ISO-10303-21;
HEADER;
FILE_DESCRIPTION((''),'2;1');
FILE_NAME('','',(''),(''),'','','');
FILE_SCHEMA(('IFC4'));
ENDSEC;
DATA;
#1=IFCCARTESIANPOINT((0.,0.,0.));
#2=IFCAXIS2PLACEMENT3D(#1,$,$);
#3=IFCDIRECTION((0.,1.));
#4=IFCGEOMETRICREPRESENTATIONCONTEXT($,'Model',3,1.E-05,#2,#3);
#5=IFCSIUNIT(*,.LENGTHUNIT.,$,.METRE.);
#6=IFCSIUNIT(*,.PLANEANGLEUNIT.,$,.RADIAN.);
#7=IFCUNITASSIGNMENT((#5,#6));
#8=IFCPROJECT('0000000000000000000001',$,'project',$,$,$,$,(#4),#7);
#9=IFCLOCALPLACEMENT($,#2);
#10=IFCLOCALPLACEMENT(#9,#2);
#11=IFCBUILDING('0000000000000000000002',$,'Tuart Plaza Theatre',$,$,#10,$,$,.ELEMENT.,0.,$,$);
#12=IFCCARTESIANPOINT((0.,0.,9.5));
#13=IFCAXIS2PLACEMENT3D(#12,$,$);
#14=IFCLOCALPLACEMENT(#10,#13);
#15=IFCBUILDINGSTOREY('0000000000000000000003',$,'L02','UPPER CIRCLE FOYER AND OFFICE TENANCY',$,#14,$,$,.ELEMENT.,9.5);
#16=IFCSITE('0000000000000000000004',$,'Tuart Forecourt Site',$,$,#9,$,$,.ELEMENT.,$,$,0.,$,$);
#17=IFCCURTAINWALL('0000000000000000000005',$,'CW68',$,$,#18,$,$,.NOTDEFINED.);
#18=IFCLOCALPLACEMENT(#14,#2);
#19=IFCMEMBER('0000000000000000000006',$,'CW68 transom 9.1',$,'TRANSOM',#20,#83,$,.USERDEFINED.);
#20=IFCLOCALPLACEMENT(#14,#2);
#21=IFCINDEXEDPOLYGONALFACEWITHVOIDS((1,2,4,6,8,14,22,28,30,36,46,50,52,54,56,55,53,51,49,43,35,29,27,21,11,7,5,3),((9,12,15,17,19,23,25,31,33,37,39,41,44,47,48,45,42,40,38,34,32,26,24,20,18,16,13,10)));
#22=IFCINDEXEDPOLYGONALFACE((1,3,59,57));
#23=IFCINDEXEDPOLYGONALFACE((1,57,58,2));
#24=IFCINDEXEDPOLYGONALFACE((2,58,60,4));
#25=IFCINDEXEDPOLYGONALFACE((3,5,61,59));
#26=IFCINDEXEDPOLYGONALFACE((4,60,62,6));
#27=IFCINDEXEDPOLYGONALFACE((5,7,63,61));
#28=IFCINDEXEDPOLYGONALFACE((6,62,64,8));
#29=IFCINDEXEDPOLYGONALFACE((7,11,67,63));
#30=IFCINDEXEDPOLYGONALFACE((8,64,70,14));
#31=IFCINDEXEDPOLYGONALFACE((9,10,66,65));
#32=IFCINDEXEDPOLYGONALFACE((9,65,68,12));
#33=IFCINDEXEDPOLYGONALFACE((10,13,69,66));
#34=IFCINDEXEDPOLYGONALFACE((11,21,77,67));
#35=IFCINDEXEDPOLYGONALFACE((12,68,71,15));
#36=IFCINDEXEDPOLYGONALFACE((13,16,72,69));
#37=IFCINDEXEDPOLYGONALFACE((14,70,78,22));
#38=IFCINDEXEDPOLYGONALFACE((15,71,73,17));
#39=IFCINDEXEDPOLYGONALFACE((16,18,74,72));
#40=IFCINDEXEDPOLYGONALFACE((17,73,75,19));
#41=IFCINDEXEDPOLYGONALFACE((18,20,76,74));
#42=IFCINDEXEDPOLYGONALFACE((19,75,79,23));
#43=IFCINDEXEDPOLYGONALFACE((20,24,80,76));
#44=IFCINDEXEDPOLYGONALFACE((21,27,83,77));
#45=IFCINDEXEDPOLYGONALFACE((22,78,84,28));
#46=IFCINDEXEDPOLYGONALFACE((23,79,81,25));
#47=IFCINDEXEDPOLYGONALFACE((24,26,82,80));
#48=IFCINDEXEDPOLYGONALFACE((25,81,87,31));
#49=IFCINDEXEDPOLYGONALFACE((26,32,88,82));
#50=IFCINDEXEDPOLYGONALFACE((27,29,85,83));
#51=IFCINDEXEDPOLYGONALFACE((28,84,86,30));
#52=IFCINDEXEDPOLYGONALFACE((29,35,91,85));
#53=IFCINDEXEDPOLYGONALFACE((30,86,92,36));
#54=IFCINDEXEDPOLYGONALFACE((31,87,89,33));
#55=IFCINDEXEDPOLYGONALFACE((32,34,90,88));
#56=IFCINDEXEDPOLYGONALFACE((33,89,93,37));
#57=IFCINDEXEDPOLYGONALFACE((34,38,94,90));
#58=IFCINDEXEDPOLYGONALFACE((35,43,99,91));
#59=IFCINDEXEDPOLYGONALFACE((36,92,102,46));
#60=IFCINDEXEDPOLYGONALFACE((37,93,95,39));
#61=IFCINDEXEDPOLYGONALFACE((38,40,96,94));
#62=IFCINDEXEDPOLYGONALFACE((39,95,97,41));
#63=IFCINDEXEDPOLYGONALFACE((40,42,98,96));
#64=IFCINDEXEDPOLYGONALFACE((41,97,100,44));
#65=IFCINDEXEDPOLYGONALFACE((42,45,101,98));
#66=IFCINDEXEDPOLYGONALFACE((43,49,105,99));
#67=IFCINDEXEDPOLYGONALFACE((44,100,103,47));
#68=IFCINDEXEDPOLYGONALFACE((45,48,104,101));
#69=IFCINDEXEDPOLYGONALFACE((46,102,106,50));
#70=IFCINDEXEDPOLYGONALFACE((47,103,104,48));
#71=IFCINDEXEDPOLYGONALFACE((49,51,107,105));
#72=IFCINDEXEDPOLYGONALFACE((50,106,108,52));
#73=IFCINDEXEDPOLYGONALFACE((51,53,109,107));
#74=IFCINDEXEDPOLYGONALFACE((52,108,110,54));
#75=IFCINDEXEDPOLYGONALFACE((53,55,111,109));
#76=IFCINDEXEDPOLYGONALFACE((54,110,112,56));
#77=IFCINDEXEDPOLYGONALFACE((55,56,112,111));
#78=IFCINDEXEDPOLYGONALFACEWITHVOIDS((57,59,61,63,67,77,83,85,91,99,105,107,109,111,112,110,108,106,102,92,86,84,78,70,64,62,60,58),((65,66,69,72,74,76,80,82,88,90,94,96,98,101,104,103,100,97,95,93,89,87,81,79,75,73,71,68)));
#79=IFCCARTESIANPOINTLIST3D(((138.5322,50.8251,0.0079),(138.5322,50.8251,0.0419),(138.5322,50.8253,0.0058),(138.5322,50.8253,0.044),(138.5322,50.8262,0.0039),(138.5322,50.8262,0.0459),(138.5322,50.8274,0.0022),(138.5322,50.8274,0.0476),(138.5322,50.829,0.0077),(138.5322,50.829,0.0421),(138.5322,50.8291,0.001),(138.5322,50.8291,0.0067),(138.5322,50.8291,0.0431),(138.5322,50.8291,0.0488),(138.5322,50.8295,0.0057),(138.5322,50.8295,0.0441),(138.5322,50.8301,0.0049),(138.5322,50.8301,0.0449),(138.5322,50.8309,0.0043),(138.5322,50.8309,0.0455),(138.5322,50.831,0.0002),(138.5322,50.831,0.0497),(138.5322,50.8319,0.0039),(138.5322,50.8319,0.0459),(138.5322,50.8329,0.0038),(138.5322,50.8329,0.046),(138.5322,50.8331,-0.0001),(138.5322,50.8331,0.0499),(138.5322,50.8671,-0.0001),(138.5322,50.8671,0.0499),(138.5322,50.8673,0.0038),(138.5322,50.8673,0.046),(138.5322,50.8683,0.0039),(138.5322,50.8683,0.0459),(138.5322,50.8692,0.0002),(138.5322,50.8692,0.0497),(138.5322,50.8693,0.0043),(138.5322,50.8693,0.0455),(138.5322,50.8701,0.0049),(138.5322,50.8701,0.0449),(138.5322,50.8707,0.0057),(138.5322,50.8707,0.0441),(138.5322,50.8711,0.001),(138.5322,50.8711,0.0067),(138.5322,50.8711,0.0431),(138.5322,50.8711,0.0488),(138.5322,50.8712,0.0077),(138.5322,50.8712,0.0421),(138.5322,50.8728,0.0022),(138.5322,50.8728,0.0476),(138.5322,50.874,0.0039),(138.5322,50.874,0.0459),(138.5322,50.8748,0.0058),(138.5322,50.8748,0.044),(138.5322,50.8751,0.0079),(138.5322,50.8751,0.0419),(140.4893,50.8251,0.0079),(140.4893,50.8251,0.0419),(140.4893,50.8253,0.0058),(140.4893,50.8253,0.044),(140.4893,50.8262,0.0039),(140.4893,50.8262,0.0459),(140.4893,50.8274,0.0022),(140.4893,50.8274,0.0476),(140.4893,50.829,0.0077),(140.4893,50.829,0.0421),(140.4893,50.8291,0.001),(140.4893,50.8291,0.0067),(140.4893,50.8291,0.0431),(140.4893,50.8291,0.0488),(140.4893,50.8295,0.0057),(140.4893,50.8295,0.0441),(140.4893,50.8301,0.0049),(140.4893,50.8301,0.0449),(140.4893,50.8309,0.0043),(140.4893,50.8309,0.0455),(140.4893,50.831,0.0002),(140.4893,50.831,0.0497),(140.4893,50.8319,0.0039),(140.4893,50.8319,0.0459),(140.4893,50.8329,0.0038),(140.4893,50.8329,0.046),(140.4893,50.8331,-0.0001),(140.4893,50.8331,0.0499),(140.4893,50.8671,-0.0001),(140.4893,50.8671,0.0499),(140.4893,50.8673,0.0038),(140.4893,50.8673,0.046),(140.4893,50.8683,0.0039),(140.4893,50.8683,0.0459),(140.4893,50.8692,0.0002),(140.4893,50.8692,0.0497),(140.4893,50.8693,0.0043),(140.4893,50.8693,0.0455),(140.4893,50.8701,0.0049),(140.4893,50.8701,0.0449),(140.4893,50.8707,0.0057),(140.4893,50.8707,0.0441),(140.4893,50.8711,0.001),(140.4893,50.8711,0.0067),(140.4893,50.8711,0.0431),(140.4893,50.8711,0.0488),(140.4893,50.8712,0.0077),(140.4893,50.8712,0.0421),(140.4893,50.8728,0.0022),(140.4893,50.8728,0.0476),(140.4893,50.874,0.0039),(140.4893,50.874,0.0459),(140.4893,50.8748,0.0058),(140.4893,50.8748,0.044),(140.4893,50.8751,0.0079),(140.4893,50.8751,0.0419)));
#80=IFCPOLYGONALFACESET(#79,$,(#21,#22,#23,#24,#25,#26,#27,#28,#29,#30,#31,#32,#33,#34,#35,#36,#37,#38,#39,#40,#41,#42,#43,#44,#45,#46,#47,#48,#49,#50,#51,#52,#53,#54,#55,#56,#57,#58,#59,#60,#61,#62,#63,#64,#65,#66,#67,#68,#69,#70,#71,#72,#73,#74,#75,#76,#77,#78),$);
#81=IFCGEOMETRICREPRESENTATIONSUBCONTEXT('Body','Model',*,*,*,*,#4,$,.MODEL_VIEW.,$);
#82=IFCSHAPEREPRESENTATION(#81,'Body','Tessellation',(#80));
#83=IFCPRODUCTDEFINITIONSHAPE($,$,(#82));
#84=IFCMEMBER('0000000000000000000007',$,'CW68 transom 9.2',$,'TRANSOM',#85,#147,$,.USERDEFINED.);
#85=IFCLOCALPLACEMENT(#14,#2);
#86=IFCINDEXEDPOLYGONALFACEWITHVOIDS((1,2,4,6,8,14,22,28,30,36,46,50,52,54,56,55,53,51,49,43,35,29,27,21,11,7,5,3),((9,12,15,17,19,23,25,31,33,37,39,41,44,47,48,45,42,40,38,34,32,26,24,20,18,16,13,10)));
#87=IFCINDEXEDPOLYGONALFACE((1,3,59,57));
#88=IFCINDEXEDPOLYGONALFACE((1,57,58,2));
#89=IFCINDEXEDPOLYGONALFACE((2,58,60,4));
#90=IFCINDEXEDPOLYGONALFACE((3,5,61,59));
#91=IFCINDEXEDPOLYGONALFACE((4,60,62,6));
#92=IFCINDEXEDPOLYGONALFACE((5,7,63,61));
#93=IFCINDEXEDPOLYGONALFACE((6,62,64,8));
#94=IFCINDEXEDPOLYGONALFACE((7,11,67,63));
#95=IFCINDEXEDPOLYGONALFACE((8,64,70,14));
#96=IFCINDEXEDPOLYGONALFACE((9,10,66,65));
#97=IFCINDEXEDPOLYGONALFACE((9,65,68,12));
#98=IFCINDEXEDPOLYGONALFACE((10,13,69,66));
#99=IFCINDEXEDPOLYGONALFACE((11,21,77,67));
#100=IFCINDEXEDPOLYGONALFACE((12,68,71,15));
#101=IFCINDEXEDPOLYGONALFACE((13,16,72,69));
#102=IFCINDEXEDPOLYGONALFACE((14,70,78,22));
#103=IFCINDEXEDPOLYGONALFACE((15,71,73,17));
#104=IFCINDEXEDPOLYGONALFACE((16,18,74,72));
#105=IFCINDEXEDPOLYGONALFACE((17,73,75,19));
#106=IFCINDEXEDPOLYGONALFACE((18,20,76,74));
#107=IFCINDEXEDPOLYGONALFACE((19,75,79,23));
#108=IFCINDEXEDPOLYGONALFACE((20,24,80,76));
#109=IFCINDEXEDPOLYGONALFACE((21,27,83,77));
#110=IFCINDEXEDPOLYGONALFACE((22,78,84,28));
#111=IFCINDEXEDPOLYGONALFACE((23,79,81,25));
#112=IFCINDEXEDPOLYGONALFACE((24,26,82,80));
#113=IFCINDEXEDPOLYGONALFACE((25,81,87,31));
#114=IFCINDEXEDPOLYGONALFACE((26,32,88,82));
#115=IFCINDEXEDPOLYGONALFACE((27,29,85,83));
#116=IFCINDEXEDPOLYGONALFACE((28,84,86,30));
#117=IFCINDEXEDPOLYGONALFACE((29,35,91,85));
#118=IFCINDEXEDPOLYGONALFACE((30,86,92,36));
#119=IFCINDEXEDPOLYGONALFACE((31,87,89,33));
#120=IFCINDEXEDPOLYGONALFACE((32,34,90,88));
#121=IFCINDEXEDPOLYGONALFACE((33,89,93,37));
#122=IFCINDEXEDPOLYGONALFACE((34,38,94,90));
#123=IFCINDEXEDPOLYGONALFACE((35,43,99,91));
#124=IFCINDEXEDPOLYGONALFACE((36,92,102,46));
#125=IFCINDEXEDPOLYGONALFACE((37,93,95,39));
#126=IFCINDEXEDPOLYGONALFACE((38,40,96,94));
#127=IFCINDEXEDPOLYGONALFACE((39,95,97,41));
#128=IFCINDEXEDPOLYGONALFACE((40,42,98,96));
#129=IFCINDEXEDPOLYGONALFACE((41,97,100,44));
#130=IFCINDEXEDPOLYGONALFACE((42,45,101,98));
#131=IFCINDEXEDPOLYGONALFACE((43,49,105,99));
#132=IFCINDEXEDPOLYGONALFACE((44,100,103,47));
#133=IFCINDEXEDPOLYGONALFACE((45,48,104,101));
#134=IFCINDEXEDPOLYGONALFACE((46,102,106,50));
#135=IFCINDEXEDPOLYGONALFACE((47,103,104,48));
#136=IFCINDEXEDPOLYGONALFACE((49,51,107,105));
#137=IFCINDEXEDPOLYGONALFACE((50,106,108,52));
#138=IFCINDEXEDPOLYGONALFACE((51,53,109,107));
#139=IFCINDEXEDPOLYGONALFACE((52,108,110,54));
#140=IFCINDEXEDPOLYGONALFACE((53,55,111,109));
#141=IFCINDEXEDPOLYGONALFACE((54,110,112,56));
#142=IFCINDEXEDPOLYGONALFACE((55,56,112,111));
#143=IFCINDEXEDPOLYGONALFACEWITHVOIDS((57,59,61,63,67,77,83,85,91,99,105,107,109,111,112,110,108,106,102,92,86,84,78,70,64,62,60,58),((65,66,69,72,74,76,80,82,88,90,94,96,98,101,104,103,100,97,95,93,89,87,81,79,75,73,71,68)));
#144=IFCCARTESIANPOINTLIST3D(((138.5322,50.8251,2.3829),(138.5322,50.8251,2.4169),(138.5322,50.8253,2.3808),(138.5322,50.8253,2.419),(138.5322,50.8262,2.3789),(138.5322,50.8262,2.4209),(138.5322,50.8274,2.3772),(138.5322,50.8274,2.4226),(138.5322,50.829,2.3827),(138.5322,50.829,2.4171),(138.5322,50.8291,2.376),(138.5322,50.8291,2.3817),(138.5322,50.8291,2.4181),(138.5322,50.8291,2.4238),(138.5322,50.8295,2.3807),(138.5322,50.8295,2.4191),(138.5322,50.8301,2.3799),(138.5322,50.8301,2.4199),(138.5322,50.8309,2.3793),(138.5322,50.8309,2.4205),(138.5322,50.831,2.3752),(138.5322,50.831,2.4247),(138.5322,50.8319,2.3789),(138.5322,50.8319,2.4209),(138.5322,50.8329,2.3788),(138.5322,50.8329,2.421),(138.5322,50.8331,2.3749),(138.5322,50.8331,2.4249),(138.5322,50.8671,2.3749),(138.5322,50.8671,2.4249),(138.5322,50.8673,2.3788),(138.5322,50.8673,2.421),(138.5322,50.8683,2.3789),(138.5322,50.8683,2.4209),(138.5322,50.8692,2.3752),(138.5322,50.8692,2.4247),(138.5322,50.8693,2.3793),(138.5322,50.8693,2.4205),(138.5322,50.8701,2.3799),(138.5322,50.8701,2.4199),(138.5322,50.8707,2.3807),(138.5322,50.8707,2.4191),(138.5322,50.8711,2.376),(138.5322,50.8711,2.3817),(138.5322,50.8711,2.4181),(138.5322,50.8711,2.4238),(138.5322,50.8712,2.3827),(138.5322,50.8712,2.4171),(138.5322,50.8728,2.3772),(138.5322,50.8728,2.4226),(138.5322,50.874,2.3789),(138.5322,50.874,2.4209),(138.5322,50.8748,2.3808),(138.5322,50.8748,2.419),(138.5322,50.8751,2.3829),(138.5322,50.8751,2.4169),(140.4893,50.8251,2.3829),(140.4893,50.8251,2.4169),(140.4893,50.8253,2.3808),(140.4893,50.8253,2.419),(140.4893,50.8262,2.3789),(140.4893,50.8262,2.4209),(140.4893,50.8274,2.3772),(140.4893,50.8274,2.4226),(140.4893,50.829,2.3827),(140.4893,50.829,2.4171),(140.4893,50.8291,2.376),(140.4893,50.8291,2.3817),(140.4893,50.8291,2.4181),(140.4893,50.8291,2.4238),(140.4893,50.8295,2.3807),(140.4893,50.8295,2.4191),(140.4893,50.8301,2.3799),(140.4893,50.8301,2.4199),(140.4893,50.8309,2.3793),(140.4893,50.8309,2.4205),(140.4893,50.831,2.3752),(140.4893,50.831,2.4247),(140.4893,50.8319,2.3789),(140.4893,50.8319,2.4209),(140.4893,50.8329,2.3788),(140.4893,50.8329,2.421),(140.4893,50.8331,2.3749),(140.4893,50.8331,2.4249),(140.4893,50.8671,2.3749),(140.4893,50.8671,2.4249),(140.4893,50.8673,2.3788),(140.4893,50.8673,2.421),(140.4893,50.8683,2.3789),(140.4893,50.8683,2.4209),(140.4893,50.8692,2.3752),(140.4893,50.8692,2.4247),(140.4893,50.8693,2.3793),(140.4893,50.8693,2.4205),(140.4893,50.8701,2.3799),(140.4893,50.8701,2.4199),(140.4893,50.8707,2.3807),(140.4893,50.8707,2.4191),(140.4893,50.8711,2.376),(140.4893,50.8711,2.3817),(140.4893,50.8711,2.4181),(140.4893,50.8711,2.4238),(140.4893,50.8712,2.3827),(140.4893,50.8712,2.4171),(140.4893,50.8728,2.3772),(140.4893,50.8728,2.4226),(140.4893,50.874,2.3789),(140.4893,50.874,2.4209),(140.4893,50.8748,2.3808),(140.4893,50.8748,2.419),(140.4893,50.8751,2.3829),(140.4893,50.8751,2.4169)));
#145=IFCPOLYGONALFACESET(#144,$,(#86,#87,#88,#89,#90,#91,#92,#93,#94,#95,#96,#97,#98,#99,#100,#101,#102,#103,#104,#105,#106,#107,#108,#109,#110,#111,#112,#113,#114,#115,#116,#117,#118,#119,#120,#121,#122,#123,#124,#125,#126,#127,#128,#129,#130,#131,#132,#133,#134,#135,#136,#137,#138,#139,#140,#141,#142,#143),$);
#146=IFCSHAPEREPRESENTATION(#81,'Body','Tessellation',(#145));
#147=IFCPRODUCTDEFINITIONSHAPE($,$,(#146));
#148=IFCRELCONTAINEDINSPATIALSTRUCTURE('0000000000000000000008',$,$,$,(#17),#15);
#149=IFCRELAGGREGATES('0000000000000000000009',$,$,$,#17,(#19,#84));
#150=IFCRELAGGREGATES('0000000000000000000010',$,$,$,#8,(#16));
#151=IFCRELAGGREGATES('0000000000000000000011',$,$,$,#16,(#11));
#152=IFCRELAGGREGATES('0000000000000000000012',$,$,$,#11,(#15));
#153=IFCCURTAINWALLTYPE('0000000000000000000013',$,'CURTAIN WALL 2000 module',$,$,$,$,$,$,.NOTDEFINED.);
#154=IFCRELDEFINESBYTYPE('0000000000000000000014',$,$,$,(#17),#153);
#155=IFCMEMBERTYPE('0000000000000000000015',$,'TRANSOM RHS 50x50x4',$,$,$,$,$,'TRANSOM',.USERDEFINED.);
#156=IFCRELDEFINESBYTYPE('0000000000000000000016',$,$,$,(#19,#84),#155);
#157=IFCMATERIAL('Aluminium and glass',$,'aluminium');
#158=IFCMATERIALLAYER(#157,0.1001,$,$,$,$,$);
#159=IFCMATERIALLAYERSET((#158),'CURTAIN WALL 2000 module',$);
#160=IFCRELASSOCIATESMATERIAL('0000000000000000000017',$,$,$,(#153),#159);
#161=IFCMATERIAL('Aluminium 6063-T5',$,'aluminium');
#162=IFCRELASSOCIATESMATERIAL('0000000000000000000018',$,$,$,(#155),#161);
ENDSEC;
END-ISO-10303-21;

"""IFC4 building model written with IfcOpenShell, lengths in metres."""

from ifc_helpers import new_model, si_unit, direction, frame, origin, origin_2d, place, context, subcontext, project, spatial, hollow_rectangle, extrude, material, layer, layer_set, material_profile, profile_set, type_object, element, aggregate, save


model = new_model("IFC4")

# Units and contexts
model_context = context("Model", 3, precision=1e-05, world=origin(), true_north=direction((0.0, 1.0)))
body_context = subcontext(model_context, "Body", "Model", "MODEL_VIEW")
ifc_project = project(units=[si_unit("LENGTHUNIT", "METRE"), si_unit("PLANEANGLEUNIT", "RADIAN")], contexts=[model_context])

# Site, building, storey
site_placement = place(None, origin())
site = spatial("IfcSite", under=ifc_project, at=site_placement, Name="Tuart Forecourt Site", CompositionType="ELEMENT", RefElevation=0.0)
building_placement = place(site_placement, origin())
building = spatial("IfcBuilding", under=site, at=building_placement, Name="Tuart Plaza Theatre", CompositionType="ELEMENT", ElevationOfRefHeight=0.0)
storey_placement = place(building_placement, frame((0.0, 0.0, 9.5)))
storey = spatial("IfcBuildingStorey", under=building, at=storey_placement, Name="L02", Description="UPPER CIRCLE FOYER AND OFFICE TENANCY", CompositionType="ELEMENT", Elevation=9.5)

# Curtain wall, members
ifc_material_1 = material(Name="Aluminium and glass", Category="aluminium")
ifc_layer_1 = layer(ifc_material_1, 0.1001)
ifc_layer_set_1 = layer_set([ifc_layer_1], Name="CURTAIN WALL 2000 module")
curtain_wall_type = type_object("IfcCurtainWallType", Name="CURTAIN WALL 2000 module", PredefinedType="NOTDEFINED", material=ifc_layer_set_1)
curtain_wall_placement = place(storey_placement, origin())
curtain_wall = element("IfcCurtainWall", 1, at=curtain_wall_placement, inside=storey, type_object=curtain_wall_type, Name="CW68", PredefinedType="NOTDEFINED")
ifc_material_2 = material(Name="Aluminium 6063-T5", Category="aluminium")
ifc_material_profile_1 = material_profile(ifc_material_2, hollow_rectangle(XDim=0.05, YDim=0.05, WallThickness=0.0039, InnerFilletRadius=0.0039, OuterFilletRadius=0.0081, at=origin_2d()), Name="RHS 50x50x4")
ifc_profile_set_1 = profile_set([ifc_material_profile_1], Name="Aluminium 6063-T5")
member_type_1 = type_object("IfcMemberType", Name="TRANSOM RHS 50x50x4", ElementType="TRANSOM", PredefinedType="USERDEFINED", material=ifc_profile_set_1)
member_1_placement = place(storey_placement, frame((138.5322, 50.8501, 0.0249), z_axis=(1.0, 0.0, 0.0), x_axis=(0.0, 1.0, 0.0)))
member_1 = element("IfcMember", 2, at=member_1_placement, type_object=member_type_1, Name="CW68 transom 9.1", ObjectType="TRANSOM", PredefinedType="USERDEFINED", context=body_context, shape_type="SweptSolid", body=[
    extrude(hollow_rectangle(XDim=0.05, YDim=0.05, WallThickness=0.0039, InnerFilletRadius=0.0039, OuterFilletRadius=0.0081, at=origin_2d()), origin(), (0.0, 0.0, 1.0), 1.957),
])
member_2_placement = place(storey_placement, frame((138.5322, 50.8501, 2.3999), z_axis=(1.0, 0.0, 0.0), x_axis=(0.0, 1.0, 0.0)))
member_2 = element("IfcMember", 3, at=member_2_placement, type_object=member_type_1, Name="CW68 transom 9.2", ObjectType="TRANSOM", PredefinedType="USERDEFINED", context=body_context, shape_type="SweptSolid", body=[
    extrude(hollow_rectangle(XDim=0.05, YDim=0.05, WallThickness=0.0039, InnerFilletRadius=0.0039, OuterFilletRadius=0.0081, at=origin_2d()), origin(), (0.0, 0.0, 1.0), 1.957),
])
aggregate(curtain_wall, [member_1, member_2])

save(model, "model.ifc")
